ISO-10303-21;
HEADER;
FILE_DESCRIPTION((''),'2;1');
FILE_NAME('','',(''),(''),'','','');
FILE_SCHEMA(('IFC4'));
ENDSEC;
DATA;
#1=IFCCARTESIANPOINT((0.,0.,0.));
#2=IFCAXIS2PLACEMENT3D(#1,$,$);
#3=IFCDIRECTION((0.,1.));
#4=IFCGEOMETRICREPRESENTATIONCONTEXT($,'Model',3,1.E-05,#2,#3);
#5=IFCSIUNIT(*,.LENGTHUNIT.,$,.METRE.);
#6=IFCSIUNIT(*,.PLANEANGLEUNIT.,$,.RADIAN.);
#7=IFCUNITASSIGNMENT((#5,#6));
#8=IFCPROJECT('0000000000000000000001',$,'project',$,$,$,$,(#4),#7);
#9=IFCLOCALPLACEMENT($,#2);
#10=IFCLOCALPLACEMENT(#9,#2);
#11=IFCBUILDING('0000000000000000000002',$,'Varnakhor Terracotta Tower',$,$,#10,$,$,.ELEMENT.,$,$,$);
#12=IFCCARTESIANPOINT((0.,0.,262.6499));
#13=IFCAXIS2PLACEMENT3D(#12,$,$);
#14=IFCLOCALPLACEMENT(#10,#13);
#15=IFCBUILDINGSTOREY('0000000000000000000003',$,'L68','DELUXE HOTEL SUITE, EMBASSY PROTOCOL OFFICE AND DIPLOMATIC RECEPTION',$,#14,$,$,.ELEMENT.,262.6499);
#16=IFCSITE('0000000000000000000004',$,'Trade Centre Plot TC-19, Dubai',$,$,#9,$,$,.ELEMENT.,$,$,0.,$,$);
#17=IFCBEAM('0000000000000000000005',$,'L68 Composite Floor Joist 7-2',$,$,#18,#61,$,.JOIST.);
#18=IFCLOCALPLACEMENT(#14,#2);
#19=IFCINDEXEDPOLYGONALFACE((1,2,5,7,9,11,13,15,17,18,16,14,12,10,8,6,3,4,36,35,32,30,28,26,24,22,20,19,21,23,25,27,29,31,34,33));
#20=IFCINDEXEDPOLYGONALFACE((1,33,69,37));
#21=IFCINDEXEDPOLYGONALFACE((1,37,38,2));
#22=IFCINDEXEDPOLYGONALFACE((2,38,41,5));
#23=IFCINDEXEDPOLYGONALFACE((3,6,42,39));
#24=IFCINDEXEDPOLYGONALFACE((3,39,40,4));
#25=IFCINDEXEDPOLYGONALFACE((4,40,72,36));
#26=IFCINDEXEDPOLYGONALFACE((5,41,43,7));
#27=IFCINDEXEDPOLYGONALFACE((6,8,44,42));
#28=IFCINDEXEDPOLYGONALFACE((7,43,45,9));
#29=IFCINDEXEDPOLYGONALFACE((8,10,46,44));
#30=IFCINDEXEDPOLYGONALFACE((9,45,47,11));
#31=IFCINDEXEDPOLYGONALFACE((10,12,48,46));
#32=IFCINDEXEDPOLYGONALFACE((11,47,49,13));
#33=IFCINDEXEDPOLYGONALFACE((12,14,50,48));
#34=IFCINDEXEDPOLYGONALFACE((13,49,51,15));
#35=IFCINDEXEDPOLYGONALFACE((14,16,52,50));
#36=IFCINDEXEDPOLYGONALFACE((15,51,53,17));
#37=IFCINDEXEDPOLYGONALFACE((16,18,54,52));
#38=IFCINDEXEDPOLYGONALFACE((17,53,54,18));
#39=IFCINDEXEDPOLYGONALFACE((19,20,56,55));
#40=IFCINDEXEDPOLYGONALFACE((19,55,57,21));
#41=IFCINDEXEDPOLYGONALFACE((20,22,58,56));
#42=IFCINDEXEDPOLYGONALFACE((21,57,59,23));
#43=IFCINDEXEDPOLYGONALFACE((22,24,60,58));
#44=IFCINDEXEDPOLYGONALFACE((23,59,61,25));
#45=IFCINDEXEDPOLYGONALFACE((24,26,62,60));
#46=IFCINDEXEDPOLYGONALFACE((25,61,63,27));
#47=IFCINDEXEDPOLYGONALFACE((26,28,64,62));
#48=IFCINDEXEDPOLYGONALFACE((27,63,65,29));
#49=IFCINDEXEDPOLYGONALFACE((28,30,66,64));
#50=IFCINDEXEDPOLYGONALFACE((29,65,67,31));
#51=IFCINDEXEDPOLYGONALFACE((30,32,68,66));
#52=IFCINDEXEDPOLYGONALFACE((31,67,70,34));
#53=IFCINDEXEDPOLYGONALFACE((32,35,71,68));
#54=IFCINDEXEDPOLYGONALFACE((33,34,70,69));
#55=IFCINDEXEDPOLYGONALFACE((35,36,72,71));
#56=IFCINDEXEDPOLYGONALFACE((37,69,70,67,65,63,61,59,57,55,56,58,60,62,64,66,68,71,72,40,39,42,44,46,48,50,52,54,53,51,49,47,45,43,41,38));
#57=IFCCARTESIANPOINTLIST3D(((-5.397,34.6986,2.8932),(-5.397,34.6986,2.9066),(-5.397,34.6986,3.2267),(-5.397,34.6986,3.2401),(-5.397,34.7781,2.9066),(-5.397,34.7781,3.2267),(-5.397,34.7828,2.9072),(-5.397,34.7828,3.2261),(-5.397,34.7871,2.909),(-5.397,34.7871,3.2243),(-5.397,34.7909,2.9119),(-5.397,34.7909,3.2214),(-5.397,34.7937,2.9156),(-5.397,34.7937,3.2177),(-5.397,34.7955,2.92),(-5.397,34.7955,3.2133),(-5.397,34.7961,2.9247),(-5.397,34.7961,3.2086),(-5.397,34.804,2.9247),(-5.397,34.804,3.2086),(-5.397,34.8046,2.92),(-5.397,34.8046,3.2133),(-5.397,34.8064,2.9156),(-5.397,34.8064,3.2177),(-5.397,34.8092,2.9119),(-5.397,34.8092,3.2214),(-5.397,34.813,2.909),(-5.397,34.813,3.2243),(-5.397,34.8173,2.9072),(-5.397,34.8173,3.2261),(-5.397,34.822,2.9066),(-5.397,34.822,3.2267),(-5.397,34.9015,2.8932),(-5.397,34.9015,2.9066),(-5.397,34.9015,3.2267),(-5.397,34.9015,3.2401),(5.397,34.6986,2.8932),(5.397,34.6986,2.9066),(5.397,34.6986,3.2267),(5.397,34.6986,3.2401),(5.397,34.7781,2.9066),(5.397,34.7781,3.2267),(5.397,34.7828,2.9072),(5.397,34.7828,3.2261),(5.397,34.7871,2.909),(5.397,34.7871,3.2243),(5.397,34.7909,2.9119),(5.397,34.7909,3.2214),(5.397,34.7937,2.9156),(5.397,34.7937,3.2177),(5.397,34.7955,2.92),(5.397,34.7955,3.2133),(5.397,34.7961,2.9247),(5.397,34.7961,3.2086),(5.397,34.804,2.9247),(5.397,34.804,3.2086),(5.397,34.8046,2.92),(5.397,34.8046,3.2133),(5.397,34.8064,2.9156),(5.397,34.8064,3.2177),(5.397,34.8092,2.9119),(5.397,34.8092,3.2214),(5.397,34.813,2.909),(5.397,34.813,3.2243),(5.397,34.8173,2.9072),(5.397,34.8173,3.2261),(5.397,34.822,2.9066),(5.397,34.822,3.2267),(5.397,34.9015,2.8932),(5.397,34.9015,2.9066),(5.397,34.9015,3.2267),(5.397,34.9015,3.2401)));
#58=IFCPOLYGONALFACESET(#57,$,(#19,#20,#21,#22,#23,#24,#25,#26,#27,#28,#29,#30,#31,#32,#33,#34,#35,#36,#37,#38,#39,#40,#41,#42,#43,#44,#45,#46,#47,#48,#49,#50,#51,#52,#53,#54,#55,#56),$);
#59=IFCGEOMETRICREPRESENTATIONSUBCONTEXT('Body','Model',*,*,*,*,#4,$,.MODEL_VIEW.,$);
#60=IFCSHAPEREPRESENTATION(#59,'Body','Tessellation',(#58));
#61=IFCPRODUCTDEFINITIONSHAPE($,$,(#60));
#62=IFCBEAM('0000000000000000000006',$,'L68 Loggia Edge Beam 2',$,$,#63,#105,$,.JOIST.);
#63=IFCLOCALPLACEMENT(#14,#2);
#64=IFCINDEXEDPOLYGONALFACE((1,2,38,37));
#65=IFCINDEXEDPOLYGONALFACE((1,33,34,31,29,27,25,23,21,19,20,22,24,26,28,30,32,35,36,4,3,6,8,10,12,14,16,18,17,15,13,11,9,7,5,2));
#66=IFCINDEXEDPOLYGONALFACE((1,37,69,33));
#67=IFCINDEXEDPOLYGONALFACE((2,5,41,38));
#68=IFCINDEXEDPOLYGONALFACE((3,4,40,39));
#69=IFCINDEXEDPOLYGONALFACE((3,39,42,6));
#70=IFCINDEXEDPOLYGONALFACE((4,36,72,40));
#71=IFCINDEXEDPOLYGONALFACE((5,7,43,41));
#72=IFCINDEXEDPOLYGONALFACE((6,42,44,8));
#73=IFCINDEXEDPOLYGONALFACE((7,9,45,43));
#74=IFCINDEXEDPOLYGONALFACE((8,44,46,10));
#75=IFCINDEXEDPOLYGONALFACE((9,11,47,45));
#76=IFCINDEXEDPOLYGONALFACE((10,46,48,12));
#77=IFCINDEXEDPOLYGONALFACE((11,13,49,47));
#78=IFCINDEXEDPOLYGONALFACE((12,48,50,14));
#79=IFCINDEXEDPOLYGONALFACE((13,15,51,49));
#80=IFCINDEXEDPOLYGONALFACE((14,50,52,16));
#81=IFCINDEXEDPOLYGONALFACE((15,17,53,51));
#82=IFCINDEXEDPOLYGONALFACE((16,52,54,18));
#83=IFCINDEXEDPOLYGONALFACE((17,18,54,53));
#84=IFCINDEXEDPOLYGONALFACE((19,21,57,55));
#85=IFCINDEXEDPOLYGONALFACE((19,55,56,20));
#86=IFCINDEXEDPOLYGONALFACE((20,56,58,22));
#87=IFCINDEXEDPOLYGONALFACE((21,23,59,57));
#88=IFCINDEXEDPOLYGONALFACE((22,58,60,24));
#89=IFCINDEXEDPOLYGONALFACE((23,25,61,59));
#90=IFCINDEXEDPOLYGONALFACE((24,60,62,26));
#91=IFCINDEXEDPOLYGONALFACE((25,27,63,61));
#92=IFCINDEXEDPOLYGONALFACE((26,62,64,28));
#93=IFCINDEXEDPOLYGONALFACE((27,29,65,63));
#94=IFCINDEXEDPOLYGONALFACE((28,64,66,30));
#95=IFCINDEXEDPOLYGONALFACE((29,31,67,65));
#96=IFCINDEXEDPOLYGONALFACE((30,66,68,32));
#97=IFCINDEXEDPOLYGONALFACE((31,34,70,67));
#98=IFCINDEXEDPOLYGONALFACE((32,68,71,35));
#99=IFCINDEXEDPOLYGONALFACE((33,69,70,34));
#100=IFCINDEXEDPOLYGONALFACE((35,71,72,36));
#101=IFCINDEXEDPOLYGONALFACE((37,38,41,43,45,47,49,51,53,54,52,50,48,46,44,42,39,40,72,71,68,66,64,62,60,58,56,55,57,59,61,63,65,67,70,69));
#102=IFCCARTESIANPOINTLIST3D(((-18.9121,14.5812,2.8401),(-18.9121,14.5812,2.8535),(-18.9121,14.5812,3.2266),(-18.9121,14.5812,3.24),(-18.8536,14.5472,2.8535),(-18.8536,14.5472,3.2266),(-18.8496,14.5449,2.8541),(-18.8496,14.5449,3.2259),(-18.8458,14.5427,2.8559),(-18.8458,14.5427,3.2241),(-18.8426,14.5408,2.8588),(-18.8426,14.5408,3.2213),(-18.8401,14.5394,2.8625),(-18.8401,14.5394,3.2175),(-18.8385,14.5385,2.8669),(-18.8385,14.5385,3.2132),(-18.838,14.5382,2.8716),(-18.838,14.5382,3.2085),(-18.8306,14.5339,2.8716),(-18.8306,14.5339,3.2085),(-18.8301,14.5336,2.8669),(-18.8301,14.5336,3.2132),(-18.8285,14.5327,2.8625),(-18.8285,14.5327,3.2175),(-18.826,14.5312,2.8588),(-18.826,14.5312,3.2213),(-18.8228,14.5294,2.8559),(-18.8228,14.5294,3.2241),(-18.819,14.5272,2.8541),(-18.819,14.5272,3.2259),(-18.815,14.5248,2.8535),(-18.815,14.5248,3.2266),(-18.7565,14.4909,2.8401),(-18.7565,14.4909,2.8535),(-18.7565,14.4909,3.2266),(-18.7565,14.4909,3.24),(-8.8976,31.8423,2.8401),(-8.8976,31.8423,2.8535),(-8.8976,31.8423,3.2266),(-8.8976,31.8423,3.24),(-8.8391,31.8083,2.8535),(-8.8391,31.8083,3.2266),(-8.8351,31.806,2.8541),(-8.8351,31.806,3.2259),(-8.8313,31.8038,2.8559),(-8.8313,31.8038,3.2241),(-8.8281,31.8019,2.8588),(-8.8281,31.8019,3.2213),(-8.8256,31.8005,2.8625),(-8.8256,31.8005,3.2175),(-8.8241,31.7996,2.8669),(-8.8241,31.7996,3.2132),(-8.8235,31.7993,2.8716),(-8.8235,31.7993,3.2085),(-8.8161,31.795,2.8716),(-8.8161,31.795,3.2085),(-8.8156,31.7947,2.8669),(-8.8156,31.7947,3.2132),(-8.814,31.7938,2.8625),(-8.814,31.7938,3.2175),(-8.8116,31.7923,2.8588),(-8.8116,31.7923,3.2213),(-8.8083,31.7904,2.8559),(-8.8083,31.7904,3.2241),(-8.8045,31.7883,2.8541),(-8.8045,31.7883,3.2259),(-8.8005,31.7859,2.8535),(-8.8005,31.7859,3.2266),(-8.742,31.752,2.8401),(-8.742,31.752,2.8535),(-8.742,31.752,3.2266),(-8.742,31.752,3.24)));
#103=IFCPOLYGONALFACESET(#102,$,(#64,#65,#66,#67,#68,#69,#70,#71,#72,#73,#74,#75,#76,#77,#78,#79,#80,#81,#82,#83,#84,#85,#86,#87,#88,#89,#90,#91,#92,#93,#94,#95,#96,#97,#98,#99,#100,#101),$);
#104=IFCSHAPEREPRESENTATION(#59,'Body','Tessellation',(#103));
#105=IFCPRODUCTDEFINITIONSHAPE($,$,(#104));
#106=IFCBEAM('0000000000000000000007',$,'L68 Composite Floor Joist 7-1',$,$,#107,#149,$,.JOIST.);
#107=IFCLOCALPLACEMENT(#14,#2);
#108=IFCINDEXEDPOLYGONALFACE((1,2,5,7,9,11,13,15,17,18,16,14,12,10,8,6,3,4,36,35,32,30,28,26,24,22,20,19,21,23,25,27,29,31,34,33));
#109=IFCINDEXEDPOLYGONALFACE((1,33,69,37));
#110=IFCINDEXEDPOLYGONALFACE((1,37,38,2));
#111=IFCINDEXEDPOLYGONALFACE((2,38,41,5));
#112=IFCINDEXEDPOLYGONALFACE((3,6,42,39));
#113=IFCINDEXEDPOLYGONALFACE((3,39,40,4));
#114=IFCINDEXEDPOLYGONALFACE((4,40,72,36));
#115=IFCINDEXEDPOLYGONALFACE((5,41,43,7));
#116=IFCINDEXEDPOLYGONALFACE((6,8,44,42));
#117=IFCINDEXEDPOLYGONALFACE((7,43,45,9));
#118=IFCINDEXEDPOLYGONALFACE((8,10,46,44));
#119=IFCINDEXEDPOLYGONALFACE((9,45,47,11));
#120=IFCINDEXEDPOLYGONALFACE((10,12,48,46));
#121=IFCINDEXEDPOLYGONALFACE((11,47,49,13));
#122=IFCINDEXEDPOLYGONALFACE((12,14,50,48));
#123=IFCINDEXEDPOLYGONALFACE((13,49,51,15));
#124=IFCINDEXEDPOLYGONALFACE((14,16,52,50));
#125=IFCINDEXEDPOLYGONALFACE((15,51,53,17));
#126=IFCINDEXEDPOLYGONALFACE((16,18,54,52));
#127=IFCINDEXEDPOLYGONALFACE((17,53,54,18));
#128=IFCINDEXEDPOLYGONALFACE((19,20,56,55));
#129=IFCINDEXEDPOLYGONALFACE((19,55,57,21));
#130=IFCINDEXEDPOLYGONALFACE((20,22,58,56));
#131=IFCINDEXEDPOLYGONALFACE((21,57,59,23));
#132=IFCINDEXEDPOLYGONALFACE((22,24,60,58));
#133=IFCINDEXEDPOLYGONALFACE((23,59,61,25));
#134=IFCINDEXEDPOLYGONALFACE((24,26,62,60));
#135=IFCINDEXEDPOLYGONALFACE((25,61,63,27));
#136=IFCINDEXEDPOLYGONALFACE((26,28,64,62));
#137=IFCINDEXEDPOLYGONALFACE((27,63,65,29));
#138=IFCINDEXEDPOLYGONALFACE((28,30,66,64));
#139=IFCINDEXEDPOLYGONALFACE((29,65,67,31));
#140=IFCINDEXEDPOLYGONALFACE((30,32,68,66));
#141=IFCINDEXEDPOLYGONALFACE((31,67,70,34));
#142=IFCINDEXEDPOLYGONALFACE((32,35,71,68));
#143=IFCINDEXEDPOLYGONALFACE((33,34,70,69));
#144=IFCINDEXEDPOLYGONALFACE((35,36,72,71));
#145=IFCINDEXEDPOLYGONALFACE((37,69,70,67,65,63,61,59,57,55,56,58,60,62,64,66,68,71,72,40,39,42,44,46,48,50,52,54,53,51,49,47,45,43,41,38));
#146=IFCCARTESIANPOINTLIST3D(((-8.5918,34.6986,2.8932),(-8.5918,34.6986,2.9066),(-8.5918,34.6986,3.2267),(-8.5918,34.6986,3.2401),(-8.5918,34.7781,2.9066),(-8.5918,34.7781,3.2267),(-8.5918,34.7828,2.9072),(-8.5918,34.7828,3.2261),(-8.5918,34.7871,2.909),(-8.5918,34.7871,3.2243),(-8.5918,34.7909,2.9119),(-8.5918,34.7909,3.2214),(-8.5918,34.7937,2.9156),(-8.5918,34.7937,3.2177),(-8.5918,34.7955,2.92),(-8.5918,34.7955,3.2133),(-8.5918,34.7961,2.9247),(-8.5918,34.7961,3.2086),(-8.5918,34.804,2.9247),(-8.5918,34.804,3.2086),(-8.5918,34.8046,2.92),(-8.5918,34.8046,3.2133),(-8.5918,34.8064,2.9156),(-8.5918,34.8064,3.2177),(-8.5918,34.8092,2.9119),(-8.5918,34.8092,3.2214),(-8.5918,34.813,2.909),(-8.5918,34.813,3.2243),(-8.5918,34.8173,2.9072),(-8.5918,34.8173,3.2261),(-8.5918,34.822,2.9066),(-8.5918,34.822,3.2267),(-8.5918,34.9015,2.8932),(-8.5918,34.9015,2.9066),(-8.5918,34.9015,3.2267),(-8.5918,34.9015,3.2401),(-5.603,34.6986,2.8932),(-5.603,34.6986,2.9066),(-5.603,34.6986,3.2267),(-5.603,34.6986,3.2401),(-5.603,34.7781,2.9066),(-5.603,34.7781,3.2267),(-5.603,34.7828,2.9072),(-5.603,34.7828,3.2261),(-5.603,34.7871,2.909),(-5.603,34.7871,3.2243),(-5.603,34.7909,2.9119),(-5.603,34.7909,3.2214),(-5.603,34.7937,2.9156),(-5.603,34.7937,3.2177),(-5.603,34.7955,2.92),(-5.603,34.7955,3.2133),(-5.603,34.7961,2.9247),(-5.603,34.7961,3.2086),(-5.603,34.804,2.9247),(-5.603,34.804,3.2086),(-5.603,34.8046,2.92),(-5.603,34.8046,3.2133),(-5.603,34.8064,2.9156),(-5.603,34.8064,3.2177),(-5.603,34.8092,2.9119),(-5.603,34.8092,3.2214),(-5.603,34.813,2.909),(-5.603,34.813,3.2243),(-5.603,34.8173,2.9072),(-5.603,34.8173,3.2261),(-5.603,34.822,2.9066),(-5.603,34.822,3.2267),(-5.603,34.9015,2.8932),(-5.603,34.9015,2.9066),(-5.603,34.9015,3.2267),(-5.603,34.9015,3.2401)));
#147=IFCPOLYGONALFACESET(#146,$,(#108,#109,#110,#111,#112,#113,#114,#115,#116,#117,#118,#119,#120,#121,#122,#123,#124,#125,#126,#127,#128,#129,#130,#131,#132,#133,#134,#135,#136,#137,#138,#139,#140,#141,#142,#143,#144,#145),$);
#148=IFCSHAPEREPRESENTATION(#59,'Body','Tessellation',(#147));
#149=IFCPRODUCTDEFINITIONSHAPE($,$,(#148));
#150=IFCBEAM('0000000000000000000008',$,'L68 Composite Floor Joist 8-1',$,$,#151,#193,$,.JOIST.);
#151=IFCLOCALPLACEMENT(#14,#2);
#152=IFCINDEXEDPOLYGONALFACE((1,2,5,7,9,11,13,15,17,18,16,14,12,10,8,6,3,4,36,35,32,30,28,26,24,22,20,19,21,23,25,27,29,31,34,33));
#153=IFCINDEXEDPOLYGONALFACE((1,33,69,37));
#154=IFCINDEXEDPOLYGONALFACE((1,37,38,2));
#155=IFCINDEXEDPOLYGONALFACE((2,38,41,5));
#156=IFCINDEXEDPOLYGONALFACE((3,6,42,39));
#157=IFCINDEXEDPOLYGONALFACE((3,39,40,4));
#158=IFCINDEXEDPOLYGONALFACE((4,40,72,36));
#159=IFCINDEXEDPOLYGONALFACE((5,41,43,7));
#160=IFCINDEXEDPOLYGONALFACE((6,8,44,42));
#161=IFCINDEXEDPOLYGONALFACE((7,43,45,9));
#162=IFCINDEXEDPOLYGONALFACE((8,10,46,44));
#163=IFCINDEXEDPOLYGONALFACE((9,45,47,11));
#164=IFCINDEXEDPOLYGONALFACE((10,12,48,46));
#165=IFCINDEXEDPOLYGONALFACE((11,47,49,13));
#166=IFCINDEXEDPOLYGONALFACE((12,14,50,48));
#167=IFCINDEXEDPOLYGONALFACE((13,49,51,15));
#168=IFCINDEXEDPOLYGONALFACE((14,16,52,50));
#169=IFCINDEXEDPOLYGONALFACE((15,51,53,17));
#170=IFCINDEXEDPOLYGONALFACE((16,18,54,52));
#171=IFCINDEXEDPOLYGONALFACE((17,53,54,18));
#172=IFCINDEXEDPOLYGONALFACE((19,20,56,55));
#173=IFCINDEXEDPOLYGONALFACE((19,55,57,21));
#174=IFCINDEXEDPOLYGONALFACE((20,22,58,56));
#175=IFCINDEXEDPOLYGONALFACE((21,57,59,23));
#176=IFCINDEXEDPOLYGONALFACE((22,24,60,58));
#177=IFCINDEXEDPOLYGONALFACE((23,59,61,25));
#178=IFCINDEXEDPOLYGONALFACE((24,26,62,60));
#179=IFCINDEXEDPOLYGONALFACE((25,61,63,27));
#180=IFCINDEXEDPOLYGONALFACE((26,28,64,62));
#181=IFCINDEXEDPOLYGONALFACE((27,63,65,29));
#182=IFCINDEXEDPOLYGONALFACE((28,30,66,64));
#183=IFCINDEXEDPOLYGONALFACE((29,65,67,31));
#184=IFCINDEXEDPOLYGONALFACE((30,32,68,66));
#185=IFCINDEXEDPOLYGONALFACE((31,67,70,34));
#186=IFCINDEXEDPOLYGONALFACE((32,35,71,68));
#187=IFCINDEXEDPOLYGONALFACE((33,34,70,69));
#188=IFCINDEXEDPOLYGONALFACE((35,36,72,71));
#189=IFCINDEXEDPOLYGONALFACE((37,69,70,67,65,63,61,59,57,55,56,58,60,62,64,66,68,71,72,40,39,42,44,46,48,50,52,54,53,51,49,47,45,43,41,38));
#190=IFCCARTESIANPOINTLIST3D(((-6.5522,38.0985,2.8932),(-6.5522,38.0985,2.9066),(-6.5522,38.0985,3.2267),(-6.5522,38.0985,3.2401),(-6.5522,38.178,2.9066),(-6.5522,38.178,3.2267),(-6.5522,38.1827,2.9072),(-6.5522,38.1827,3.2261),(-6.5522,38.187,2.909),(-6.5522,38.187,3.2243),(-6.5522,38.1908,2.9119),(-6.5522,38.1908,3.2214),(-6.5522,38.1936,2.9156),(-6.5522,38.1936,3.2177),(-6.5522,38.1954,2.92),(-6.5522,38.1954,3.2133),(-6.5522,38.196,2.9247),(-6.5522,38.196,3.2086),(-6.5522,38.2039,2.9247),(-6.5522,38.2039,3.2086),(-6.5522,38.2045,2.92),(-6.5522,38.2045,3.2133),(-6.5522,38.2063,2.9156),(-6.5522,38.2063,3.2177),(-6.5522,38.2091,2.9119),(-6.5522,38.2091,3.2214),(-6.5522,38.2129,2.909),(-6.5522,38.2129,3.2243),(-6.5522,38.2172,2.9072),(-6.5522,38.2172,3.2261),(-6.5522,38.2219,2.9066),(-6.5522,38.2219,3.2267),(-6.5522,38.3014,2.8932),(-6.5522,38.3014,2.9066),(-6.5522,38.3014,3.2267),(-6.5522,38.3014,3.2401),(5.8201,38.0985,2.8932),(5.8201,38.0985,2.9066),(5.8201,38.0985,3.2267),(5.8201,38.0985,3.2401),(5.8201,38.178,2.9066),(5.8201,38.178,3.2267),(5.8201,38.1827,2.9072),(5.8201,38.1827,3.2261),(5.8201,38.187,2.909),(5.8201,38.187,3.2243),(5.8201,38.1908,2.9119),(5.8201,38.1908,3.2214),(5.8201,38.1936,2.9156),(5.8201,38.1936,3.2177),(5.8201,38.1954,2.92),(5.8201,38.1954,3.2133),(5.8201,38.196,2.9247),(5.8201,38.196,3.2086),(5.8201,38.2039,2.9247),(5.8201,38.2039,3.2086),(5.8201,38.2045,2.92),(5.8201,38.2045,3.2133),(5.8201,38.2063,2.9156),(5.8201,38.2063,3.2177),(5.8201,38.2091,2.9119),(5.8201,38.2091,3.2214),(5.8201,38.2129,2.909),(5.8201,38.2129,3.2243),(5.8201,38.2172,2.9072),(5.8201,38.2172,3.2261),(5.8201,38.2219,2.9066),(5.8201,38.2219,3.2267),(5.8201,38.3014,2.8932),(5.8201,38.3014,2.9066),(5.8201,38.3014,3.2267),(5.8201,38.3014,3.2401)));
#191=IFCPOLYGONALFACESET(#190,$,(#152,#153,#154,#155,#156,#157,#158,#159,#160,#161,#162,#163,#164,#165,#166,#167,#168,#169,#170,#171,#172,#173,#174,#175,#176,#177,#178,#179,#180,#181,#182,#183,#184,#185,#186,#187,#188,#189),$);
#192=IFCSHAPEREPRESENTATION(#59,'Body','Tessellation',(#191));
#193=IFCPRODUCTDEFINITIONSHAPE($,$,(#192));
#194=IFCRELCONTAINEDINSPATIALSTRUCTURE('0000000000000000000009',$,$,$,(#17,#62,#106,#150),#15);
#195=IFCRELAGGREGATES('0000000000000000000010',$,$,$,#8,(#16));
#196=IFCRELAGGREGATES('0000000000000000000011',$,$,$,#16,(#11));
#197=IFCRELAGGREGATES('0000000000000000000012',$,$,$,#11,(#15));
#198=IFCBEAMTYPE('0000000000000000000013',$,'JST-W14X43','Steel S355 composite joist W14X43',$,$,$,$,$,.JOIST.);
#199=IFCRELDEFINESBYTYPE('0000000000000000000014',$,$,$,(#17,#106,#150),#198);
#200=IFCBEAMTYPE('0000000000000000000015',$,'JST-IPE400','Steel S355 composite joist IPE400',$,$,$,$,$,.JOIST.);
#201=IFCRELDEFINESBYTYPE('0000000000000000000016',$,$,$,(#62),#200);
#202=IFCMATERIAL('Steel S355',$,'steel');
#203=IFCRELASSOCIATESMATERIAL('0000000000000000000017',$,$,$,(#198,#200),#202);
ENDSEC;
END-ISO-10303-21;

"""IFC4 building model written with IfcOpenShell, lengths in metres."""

from ifc_helpers import new_model, si_unit, direction, frame, origin, origin_2d, place, context, subcontext, project, spatial, i_section, extrude, source, transform, mapped, material, material_profile, profile_set, type_object, element, save


model = new_model("IFC4")

# Units and contexts
model_context = context("Model", 3, precision=1e-05, world=origin(), true_north=direction((0.0, 1.0)))
body_context = subcontext(model_context, "Body", "Model", "MODEL_VIEW")
ifc_project = project(units=[si_unit("LENGTHUNIT", "METRE"), si_unit("PLANEANGLEUNIT", "RADIAN")], contexts=[model_context])

# Site, building, storey
site_placement = place(None, origin())
site = spatial("IfcSite", under=ifc_project, at=site_placement, Name="Trade Centre Plot TC-19, Dubai", CompositionType="ELEMENT", RefElevation=0.0)
building_placement = place(site_placement, origin())
building = spatial("IfcBuilding", under=site, at=building_placement, Name="Varnakhor Terracotta Tower", CompositionType="ELEMENT")
storey_placement = place(building_placement, frame((0.0, 0.0, 262.6499)))
storey = spatial("IfcBuildingStorey", under=building, at=storey_placement, Name="L68", Description="DELUXE HOTEL SUITE, EMBASSY PROTOCOL OFFICE AND DIPLOMATIC RECEPTION", CompositionType="ELEMENT", Elevation=262.6499)

# Beams
ifc_material_1 = material(Name="Steel S355", Category="steel")
ifc_material_profile_1 = material_profile(ifc_material_1, i_section(OverallWidth=0.2029, OverallDepth=0.3469, WebThickness=0.0078, FlangeThickness=0.0134, FilletRadius=0.0181, at=origin_2d()), Name="W14X43")
ifc_profile_set_1 = profile_set([ifc_material_profile_1], Name="Steel S355")
beam_type_1 = type_object("IfcBeamType", Name="JST-W14X43", Description="Steel S355 composite joist W14X43", PredefinedType="JOIST", material=ifc_profile_set_1)
shared_shape_1 = source(origin(), body_context, "Body", "SweptSolid", [
    extrude(i_section(OverallWidth=0.2029, OverallDepth=0.3469, WebThickness=0.0078, FlangeThickness=0.0134, FilletRadius=0.0181, at=origin_2d()), origin(), (0.0, 0.0, 1.0), 10.7939),
])
beam_1_placement = place(storey_placement, frame((-5.397, 34.8, 3.0667), z_axis=(1.0, 0.0, 0.0), x_axis=(0.0, 1.0, 0.0)))
element("IfcBeam", 1, at=beam_1_placement, inside=storey, type_object=beam_type_1, Name="L68 Composite Floor Joist 7-2", PredefinedType="JOIST", context=body_context, shape_type="MappedRepresentation", body=[
    mapped(shared_shape_1, transform((0.0, 0.0, 0.0), scale=1.0)),
])
ifc_material_profile_2 = material_profile(ifc_material_1, i_section(OverallWidth=0.1799, OverallDepth=0.3999, WebThickness=0.0085, FlangeThickness=0.0134, FilletRadius=0.0181, at=origin_2d()), Name="IPE400")
ifc_profile_set_2 = profile_set([ifc_material_profile_2], Name="Steel S355")
beam_type_2 = type_object("IfcBeamType", Name="JST-IPE400", Description="Steel S355 composite joist IPE400", PredefinedType="JOIST", material=ifc_profile_set_2)
shared_shape_2 = source(origin(), body_context, "Body", "SweptSolid", [
    extrude(i_section(OverallWidth=0.1799, OverallDepth=0.3999, WebThickness=0.0085, FlangeThickness=0.0134, FilletRadius=0.0181, at=origin_2d()), origin(), (0.0, 0.0, 1.0), 19.9558),
])
beam_2_placement = place(storey_placement, frame((-8.8198, 31.7971, 3.04), z_axis=(-0.501832, -0.864965, 0.0), x_axis=(0.864965, -0.501832, 0.0)))
element("IfcBeam", 2, at=beam_2_placement, inside=storey, type_object=beam_type_2, Name="L68 Loggia Edge Beam 2", PredefinedType="JOIST", context=body_context, shape_type="MappedRepresentation", body=[
    mapped(shared_shape_2, transform((0.0, 0.0, 0.0), scale=1.0)),
])
shared_shape_3 = source(origin(), body_context, "Body", "SweptSolid", [
    extrude(i_section(OverallWidth=0.2029, OverallDepth=0.3469, WebThickness=0.0078, FlangeThickness=0.0134, FilletRadius=0.0181, at=origin_2d()), origin(), (0.0, 0.0, 1.0), 2.9888),
])
beam_3_placement = place(storey_placement, frame((-8.5918, 34.8, 3.0667), z_axis=(1.0, 0.0, 0.0), x_axis=(0.0, 1.0, 0.0)))
element("IfcBeam", 3, at=beam_3_placement, inside=storey, type_object=beam_type_1, Name="L68 Composite Floor Joist 7-1", PredefinedType="JOIST", context=body_context, shape_type="MappedRepresentation", body=[
    mapped(shared_shape_3, transform((0.0, 0.0, 0.0), scale=1.0)),
])
shared_shape_4 = source(origin(), body_context, "Body", "SweptSolid", [
    extrude(i_section(OverallWidth=0.2029, OverallDepth=0.3469, WebThickness=0.0078, FlangeThickness=0.0134, FilletRadius=0.0181, at=origin_2d()), origin(), (0.0, 0.0, 1.0), 12.3723),
])
beam_4_placement = place(storey_placement, frame((-6.5522, 38.2, 3.0667), z_axis=(1.0, 0.0, 0.0), x_axis=(0.0, 1.0, 0.0)))
element("IfcBeam", 4, at=beam_4_placement, inside=storey, type_object=beam_type_1, Name="L68 Composite Floor Joist 8-1", PredefinedType="JOIST", context=body_context, shape_type="MappedRepresentation", body=[
    mapped(shared_shape_4, transform((0.0, 0.0, 0.0), scale=1.0)),
])

save(model, "model.ifc")
